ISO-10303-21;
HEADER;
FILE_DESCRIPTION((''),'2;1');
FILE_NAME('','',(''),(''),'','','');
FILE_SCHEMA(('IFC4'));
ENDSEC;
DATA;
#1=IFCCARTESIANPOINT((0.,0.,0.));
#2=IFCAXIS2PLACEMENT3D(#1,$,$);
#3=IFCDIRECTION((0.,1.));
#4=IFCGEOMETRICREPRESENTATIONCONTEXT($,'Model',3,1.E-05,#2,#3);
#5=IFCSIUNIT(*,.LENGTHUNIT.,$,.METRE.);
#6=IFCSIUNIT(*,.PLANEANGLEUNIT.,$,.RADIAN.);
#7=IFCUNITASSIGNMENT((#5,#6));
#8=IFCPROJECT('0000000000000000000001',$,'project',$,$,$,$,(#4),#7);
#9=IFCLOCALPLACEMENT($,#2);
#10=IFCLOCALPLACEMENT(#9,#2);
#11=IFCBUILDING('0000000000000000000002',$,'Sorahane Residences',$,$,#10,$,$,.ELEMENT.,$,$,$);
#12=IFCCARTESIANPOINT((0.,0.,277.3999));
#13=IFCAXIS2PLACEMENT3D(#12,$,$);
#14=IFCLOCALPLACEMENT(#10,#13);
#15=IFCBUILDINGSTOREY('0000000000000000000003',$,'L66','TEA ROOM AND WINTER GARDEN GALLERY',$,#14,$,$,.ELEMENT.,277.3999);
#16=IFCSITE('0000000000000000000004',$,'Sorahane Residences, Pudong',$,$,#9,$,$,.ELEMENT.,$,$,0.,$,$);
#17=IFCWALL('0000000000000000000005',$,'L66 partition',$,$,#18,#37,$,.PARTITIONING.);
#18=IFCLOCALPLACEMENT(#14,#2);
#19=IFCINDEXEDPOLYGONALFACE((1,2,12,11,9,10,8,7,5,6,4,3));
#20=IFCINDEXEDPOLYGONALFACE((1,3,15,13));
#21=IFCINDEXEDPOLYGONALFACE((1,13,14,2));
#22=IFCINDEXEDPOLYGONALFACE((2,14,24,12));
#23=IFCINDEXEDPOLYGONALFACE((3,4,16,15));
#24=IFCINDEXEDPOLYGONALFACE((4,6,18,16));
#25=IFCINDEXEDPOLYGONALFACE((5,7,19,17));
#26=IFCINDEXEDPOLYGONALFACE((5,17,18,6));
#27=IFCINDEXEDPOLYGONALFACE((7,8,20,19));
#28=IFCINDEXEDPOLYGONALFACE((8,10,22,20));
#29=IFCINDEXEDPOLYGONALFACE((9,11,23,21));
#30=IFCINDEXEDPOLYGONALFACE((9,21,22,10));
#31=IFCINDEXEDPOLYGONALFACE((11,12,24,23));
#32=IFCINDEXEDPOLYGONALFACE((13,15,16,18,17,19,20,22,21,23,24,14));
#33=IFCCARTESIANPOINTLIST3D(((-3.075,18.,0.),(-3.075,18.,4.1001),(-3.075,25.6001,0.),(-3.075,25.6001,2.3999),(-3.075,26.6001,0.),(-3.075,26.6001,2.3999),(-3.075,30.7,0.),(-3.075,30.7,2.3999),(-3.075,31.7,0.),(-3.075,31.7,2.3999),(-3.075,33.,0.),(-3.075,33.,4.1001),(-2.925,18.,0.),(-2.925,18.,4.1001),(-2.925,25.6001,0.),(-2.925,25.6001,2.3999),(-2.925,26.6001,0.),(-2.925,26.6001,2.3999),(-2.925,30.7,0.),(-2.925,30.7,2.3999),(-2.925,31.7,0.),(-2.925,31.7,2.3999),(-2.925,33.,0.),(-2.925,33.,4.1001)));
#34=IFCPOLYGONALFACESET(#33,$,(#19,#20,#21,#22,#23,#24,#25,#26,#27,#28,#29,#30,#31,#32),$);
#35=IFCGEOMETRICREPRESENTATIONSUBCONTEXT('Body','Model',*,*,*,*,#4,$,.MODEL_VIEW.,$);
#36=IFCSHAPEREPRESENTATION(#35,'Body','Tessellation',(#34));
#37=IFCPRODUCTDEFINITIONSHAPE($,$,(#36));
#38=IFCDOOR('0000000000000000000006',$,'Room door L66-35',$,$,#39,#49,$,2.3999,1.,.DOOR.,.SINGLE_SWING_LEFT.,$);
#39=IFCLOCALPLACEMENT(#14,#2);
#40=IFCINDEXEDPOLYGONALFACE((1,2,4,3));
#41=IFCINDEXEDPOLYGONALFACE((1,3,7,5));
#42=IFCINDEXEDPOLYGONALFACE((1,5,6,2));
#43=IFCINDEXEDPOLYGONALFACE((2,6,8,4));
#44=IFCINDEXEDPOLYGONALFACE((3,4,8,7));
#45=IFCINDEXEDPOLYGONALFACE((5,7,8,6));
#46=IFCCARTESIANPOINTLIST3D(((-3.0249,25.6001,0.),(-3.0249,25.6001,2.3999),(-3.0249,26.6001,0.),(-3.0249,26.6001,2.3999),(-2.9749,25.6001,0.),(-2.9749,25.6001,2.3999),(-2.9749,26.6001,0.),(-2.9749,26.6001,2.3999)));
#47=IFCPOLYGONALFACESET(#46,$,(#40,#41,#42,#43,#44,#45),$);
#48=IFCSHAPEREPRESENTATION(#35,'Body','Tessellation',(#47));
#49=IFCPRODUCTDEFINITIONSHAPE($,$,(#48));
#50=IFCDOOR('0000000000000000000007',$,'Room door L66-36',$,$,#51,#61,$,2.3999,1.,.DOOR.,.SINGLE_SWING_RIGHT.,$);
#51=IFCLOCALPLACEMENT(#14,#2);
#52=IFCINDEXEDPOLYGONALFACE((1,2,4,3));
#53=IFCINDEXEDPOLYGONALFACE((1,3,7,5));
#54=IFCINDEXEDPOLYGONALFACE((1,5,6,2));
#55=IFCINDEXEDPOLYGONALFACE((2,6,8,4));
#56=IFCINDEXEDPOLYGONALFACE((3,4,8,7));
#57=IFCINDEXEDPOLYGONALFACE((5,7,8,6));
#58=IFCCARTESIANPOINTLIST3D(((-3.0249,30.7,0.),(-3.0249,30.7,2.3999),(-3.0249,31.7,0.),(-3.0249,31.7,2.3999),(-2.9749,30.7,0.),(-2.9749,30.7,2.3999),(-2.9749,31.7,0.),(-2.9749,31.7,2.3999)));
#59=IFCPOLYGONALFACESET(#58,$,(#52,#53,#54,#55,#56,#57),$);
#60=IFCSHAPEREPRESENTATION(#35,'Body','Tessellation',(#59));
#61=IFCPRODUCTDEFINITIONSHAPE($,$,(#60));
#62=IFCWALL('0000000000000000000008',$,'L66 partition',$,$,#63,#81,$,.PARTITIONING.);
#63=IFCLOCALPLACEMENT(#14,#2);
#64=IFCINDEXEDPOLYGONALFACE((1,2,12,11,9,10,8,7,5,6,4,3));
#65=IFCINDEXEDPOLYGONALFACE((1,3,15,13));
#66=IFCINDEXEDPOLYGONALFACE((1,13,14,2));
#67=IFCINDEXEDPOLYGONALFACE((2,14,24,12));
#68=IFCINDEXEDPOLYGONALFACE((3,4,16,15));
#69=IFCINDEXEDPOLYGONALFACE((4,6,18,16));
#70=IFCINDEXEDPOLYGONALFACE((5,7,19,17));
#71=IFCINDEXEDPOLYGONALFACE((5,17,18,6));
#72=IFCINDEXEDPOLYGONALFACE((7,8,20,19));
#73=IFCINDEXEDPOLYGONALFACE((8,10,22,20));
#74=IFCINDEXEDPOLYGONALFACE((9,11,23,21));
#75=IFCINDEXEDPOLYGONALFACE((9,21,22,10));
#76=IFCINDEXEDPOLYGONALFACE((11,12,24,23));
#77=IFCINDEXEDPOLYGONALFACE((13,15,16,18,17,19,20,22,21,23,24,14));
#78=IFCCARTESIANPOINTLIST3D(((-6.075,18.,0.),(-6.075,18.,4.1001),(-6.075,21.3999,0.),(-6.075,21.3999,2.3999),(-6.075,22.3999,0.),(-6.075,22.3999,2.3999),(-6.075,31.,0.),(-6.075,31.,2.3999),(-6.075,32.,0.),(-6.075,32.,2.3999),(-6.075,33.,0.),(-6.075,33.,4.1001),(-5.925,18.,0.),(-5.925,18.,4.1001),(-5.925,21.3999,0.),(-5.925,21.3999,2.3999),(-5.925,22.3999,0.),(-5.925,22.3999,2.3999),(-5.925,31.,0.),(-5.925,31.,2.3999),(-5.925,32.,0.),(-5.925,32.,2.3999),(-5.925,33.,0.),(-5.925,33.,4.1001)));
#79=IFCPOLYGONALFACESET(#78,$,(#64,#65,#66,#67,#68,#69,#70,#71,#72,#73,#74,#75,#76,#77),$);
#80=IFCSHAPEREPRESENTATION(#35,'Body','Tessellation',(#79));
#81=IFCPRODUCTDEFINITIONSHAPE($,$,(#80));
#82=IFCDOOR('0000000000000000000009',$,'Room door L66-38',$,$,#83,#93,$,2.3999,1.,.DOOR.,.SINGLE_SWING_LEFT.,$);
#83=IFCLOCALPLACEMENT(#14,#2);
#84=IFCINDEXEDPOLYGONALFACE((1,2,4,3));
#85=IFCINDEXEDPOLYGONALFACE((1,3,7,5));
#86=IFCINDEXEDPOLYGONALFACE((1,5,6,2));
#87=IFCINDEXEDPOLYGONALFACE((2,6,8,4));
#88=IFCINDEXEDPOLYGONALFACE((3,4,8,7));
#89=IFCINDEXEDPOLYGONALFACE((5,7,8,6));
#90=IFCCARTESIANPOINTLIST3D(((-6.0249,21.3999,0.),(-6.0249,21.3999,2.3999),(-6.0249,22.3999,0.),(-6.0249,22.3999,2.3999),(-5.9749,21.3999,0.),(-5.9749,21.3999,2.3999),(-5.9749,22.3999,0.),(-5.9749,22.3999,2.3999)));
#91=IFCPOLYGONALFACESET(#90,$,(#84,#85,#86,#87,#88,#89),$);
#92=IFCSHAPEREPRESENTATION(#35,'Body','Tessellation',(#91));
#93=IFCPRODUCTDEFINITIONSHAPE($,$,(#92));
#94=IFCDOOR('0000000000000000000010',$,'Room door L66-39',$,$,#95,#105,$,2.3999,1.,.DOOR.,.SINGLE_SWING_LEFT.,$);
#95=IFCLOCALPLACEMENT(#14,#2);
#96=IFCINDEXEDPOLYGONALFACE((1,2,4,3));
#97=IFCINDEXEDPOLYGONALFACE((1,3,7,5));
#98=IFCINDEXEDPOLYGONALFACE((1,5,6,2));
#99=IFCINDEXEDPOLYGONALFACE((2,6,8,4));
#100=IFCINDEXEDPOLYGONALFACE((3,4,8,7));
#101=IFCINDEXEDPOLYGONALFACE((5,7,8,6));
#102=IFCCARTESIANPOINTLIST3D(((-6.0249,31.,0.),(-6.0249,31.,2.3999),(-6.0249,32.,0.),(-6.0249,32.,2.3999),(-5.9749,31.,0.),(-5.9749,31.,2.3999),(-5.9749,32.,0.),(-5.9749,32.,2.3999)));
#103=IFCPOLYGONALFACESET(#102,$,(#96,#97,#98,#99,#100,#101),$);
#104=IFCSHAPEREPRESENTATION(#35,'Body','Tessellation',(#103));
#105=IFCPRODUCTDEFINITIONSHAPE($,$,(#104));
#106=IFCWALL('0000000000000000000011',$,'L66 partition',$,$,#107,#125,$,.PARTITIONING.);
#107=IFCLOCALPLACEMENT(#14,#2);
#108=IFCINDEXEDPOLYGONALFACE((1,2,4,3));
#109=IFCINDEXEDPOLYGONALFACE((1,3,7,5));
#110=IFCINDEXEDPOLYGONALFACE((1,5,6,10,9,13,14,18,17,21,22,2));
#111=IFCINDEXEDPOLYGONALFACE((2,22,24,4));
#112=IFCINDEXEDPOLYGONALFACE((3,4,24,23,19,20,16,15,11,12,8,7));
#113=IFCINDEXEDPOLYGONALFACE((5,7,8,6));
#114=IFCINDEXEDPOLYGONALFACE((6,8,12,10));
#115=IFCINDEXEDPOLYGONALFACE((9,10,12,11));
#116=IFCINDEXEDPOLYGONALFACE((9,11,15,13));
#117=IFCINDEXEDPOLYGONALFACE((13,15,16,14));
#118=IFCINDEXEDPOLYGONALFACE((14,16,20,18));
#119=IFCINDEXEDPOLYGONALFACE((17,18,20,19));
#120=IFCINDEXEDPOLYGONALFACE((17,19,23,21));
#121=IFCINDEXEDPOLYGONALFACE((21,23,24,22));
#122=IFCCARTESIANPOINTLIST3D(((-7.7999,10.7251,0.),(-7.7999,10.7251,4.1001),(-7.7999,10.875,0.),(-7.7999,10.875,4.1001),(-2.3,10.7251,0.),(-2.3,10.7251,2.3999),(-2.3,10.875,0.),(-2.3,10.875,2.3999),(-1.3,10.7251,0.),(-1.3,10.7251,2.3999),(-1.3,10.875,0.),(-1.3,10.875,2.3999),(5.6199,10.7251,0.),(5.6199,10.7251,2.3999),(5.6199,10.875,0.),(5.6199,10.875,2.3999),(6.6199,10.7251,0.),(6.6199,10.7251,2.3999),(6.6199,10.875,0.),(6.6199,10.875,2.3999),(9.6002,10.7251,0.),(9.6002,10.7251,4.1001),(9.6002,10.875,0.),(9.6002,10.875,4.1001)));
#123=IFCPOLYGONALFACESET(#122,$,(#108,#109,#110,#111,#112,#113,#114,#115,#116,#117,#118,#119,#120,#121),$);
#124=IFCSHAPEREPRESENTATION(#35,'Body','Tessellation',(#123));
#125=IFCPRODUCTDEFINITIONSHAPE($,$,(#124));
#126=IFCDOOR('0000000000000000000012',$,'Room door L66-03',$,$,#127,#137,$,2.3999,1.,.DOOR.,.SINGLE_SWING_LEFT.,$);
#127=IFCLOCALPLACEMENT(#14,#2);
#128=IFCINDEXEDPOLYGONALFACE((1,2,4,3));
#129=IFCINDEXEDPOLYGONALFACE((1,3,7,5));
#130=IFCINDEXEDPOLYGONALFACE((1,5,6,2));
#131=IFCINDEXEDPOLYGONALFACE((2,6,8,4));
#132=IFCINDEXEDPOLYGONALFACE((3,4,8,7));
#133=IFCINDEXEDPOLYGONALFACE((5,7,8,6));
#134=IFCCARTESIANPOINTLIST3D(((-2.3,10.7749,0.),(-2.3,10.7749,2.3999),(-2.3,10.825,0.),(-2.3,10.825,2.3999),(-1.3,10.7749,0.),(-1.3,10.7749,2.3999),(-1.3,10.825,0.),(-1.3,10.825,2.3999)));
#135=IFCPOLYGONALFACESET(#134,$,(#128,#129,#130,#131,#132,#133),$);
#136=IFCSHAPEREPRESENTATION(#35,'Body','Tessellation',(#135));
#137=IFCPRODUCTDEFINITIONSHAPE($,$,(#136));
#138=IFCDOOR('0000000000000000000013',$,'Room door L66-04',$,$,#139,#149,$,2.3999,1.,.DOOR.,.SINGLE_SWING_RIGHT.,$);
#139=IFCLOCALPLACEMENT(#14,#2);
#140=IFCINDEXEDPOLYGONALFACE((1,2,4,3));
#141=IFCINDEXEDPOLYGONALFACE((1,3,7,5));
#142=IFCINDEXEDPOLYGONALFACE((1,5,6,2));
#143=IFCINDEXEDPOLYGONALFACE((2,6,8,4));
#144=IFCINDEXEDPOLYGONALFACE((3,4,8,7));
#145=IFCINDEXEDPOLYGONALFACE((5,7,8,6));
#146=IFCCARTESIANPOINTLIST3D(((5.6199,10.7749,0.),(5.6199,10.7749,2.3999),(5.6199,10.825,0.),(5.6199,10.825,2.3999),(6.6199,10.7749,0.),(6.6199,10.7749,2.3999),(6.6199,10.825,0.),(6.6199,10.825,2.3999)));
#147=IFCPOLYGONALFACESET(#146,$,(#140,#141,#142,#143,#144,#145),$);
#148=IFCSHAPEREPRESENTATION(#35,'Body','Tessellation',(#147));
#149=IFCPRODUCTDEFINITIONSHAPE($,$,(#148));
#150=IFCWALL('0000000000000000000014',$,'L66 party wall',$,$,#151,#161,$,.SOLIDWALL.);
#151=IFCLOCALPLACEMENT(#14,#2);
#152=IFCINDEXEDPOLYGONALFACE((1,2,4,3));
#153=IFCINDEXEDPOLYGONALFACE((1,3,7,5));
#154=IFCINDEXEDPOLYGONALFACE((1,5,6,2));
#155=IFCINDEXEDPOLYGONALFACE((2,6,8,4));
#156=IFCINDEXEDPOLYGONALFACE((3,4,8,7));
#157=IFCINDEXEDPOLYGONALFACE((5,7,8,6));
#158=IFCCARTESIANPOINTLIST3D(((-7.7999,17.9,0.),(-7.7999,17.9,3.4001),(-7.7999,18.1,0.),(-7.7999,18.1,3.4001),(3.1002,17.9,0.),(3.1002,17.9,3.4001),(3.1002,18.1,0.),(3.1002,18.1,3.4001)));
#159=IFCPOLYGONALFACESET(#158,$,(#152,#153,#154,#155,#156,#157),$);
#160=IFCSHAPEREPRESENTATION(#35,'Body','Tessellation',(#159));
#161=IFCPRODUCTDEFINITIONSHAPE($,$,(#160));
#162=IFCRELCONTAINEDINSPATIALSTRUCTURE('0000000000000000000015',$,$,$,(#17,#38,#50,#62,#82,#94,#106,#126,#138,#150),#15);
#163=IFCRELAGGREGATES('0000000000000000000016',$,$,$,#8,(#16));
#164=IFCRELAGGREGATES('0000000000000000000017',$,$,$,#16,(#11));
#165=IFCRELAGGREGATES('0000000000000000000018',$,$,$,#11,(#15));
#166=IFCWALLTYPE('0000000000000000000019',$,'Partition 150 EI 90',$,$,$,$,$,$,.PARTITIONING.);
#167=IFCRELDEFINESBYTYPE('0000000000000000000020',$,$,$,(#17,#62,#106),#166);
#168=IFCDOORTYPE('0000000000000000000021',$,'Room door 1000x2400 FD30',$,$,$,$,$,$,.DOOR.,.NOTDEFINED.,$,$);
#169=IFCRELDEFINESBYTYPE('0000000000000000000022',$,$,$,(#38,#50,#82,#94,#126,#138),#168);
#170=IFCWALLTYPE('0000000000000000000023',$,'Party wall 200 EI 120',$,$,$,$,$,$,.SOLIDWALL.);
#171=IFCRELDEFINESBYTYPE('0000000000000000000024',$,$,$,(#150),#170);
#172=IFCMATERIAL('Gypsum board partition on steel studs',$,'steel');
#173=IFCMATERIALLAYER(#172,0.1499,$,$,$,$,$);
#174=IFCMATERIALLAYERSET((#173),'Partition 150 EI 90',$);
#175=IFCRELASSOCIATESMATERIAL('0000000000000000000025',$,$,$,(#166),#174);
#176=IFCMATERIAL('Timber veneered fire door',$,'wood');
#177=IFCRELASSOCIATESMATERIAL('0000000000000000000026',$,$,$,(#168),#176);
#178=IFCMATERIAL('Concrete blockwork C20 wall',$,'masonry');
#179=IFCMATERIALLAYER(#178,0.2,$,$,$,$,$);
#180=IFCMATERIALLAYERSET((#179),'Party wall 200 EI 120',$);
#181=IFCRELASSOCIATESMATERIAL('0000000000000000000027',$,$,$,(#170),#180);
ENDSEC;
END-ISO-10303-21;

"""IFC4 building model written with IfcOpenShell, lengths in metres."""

from ifc_helpers import new_model, si_unit, direction, frame, frame_2d, origin, place, context, subcontext, project, spatial, rectangle, extrude, material, layer, layer_set, type_object, element, fill, save


model = new_model("IFC4")

# Units and contexts
model_context = context("Model", 3, precision=1e-05, world=origin(), true_north=direction((0.0, 1.0)))
body_context = subcontext(model_context, "Body", "Model", "MODEL_VIEW")
ifc_project = project(units=[si_unit("LENGTHUNIT", "METRE"), si_unit("PLANEANGLEUNIT", "RADIAN")], contexts=[model_context])

# Site, building, storey
site_placement = place(None, origin())
site = spatial("IfcSite", under=ifc_project, at=site_placement, Name="Sorahane Residences, Pudong", CompositionType="ELEMENT", RefElevation=0.0)
building_placement = place(site_placement, origin())
building = spatial("IfcBuilding", under=site, at=building_placement, Name="Sorahane Residences", CompositionType="ELEMENT")
storey_placement = place(building_placement, frame((0.0, 0.0, 277.3999)))
storey = spatial("IfcBuildingStorey", under=building, at=storey_placement, Name="L66", Description="TEA ROOM AND WINTER GARDEN GALLERY", CompositionType="ELEMENT", Elevation=277.3999)

# Shared definitions
ifc_material_1 = material(Name="Gypsum board partition on steel studs", Category="steel")
ifc_layer_1 = layer(ifc_material_1, 0.1499)
ifc_layer_set_1 = layer_set([ifc_layer_1], Name="Partition 150 EI 90")
wall_type_1 = type_object("IfcWallType", Name="Partition 150 EI 90", PredefinedType="PARTITIONING", material=ifc_layer_set_1)
ifc_material_2 = material(Name="Timber veneered fire door", Category="wood")
door_type = type_object("IfcDoorType", Name="Room door 1000x2400 FD30", OperationType="NOTDEFINED", PredefinedType="DOOR", material=ifc_material_2)

# Walls, openings, doors
wall_1_placement = place(storey_placement, frame((-3.0, 18.0, 0.0), z_axis=(0.0, 0.0, 1.0), x_axis=(0.0, 1.0, 0.0)))
wall_1 = element("IfcWall", 1, at=wall_1_placement, inside=storey, type_object=wall_type_1, Name="L66 partition", PredefinedType="PARTITIONING", context=body_context, shape_type="SweptSolid", body=[
    extrude(rectangle(XDim=15.0, YDim=0.1499, at=frame_2d((7.5, 0.0))), origin(), (0.0, 0.0, 1.0), 4.1001),
])
opening_1_placement = place(wall_1_placement, frame((7.6001, 0.0, 0.0)))
opening_1 = element("IfcOpeningElement", 2, at=opening_1_placement, cuts=wall_1, PredefinedType="OPENING", context=body_context, shape_type="SweptSolid", body=[
    extrude(rectangle(XDim=1.0, YDim=2.3999, at=frame_2d((0.5, 1.2))), frame((0.0, 0.085, 0.0), z_axis=(0.0, -1.0, 0.0), x_axis=(1.0, 0.0, 0.0)), (0.0, 0.0, 1.0), 0.1699),
])
opening_2_placement = place(wall_1_placement, frame((12.7, 0.0, 0.0)))
opening_2 = element("IfcOpeningElement", 3, at=opening_2_placement, cuts=wall_1, PredefinedType="OPENING", context=body_context, shape_type="SweptSolid", body=[
    extrude(rectangle(XDim=1.0, YDim=2.3999, at=frame_2d((0.5, 1.2))), frame((0.0, 0.085, 0.0), z_axis=(0.0, -1.0, 0.0), x_axis=(1.0, 0.0, 0.0)), (0.0, 0.0, 1.0), 0.1699),
])
door_1_placement = place(opening_1_placement, origin())
door_1 = element("IfcDoor", 4, at=door_1_placement, inside=storey, type_object=door_type, Name="Room door L66-35", OperationType="SINGLE_SWING_LEFT", OverallHeight=2.3999, OverallWidth=1.0, PredefinedType="DOOR", context=body_context, shape_type="SweptSolid", body=[
    extrude(rectangle(XDim=1.0, YDim=2.3999, at=frame_2d((0.5, 1.2))), frame((0.0, 0.0249, 0.0), z_axis=(0.0, -1.0, 0.0), x_axis=(1.0, 0.0, 0.0)), (0.0, 0.0, 1.0), 0.05),
])
fill(opening_1, door_1)
door_2_placement = place(opening_2_placement, origin())
door_2 = element("IfcDoor", 5, at=door_2_placement, inside=storey, type_object=door_type, Name="Room door L66-36", OperationType="SINGLE_SWING_RIGHT", OverallHeight=2.3999, OverallWidth=1.0, PredefinedType="DOOR", context=body_context, shape_type="SweptSolid", body=[
    extrude(rectangle(XDim=1.0, YDim=2.3999, at=frame_2d((0.5, 1.2))), frame((0.0, 0.0249, 0.0), z_axis=(0.0, -1.0, 0.0), x_axis=(1.0, 0.0, 0.0)), (0.0, 0.0, 1.0), 0.05),
])
fill(opening_2, door_2)
wall_2_placement = place(storey_placement, frame((-6.0, 18.0, 0.0), z_axis=(0.0, 0.0, 1.0), x_axis=(0.0, 1.0, 0.0)))
wall_2 = element("IfcWall", 6, at=wall_2_placement, inside=storey, type_object=wall_type_1, Name="L66 partition", PredefinedType="PARTITIONING", context=body_context, shape_type="SweptSolid", body=[
    extrude(rectangle(XDim=15.0, YDim=0.1499, at=frame_2d((7.5, 0.0))), origin(), (0.0, 0.0, 1.0), 4.1001),
])
opening_3_placement = place(wall_2_placement, frame((3.3999, 0.0, 0.0)))
opening_3 = element("IfcOpeningElement", 7, at=opening_3_placement, cuts=wall_2, PredefinedType="OPENING", context=body_context, shape_type="SweptSolid", body=[
    extrude(rectangle(XDim=1.0, YDim=2.3999, at=frame_2d((0.5, 1.2))), frame((0.0, 0.085, 0.0), z_axis=(0.0, -1.0, 0.0), x_axis=(1.0, 0.0, 0.0)), (0.0, 0.0, 1.0), 0.1699),
])
opening_4_placement = place(wall_2_placement, frame((13.0, 0.0, 0.0)))
opening_4 = element("IfcOpeningElement", 8, at=opening_4_placement, cuts=wall_2, PredefinedType="OPENING", context=body_context, shape_type="SweptSolid", body=[
    extrude(rectangle(XDim=1.0, YDim=2.3999, at=frame_2d((0.5, 1.2))), frame((0.0, 0.085, 0.0), z_axis=(0.0, -1.0, 0.0), x_axis=(1.0, 0.0, 0.0)), (0.0, 0.0, 1.0), 0.1699),
])
door_3_placement = place(opening_3_placement, origin())
door_3 = element("IfcDoor", 9, at=door_3_placement, inside=storey, type_object=door_type, Name="Room door L66-38", OperationType="SINGLE_SWING_LEFT", OverallHeight=2.3999, OverallWidth=1.0, PredefinedType="DOOR", context=body_context, shape_type="SweptSolid", body=[
    extrude(rectangle(XDim=1.0, YDim=2.3999, at=frame_2d((0.5, 1.2))), frame((0.0, 0.0249, 0.0), z_axis=(0.0, -1.0, 0.0), x_axis=(1.0, 0.0, 0.0)), (0.0, 0.0, 1.0), 0.05),
])
fill(opening_3, door_3)
door_4_placement = place(opening_4_placement, origin())
door_4 = element("IfcDoor", 10, at=door_4_placement, inside=storey, type_object=door_type, Name="Room door L66-39", OperationType="SINGLE_SWING_LEFT", OverallHeight=2.3999, OverallWidth=1.0, PredefinedType="DOOR", context=body_context, shape_type="SweptSolid", body=[
    extrude(rectangle(XDim=1.0, YDim=2.3999, at=frame_2d((0.5, 1.2))), frame((0.0, 0.0249, 0.0), z_axis=(0.0, -1.0, 0.0), x_axis=(1.0, 0.0, 0.0)), (0.0, 0.0, 1.0), 0.05),
])
fill(opening_4, door_4)
wall_3_placement = place(storey_placement, frame((-7.8, 10.8, 0.0), z_axis=(0.0, 0.0, 1.0), x_axis=(1.0, 0.0, 0.0)))
wall_3 = element("IfcWall", 11, at=wall_3_placement, inside=storey, type_object=wall_type_1, Name="L66 partition", PredefinedType="PARTITIONING", context=body_context, shape_type="SweptSolid", body=[
    extrude(rectangle(XDim=17.4001, YDim=0.1499, at=frame_2d((8.7002, 0.0))), origin(), (0.0, 0.0, 1.0), 4.1001),
])
opening_5_placement = place(wall_3_placement, frame((5.5, 0.0, 0.0)))
opening_5 = element("IfcOpeningElement", 12, at=opening_5_placement, cuts=wall_3, PredefinedType="OPENING", context=body_context, shape_type="SweptSolid", body=[
    extrude(rectangle(XDim=1.0, YDim=2.3999, at=frame_2d((0.5, 1.2))), frame((0.0, 0.085, 0.0), z_axis=(0.0, -1.0, 0.0), x_axis=(1.0, 0.0, 0.0)), (0.0, 0.0, 1.0), 0.1699),
])
opening_6_placement = place(wall_3_placement, frame((13.4199, 0.0, 0.0)))
opening_6 = element("IfcOpeningElement", 13, at=opening_6_placement, cuts=wall_3, PredefinedType="OPENING", context=body_context, shape_type="SweptSolid", body=[
    extrude(rectangle(XDim=1.0, YDim=2.3999, at=frame_2d((0.5, 1.2))), frame((0.0, 0.085, 0.0), z_axis=(0.0, -1.0, 0.0), x_axis=(1.0, 0.0, 0.0)), (0.0, 0.0, 1.0), 0.1699),
])
door_5_placement = place(opening_5_placement, origin())
door_5 = element("IfcDoor", 14, at=door_5_placement, inside=storey, type_object=door_type, Name="Room door L66-03", OperationType="SINGLE_SWING_LEFT", OverallHeight=2.3999, OverallWidth=1.0, PredefinedType="DOOR", context=body_context, shape_type="SweptSolid", body=[
    extrude(rectangle(XDim=1.0, YDim=2.3999, at=frame_2d((0.5, 1.2))), frame((0.0, 0.0249, 0.0), z_axis=(0.0, -1.0, 0.0), x_axis=(1.0, 0.0, 0.0)), (0.0, 0.0, 1.0), 0.05),
])
fill(opening_5, door_5)
door_6_placement = place(opening_6_placement, origin())
door_6 = element("IfcDoor", 15, at=door_6_placement, inside=storey, type_object=door_type, Name="Room door L66-04", OperationType="SINGLE_SWING_RIGHT", OverallHeight=2.3999, OverallWidth=1.0, PredefinedType="DOOR", context=body_context, shape_type="SweptSolid", body=[
    extrude(rectangle(XDim=1.0, YDim=2.3999, at=frame_2d((0.5, 1.2))), frame((0.0, 0.0249, 0.0), z_axis=(0.0, -1.0, 0.0), x_axis=(1.0, 0.0, 0.0)), (0.0, 0.0, 1.0), 0.05),
])
fill(opening_6, door_6)

# Wall
ifc_material_3 = material(Name="Concrete blockwork C20 wall", Category="masonry")
ifc_layer_2 = layer(ifc_material_3, 0.2)
ifc_layer_set_2 = layer_set([ifc_layer_2], Name="Party wall 200 EI 120")
wall_type_2 = type_object("IfcWallType", Name="Party wall 200 EI 120", PredefinedType="SOLIDWALL", material=ifc_layer_set_2)
wall_4_placement = place(storey_placement, frame((-7.8, 18.0, 0.0), z_axis=(0.0, 0.0, 1.0), x_axis=(1.0, 0.0, 0.0)))
element("IfcWall", 16, at=wall_4_placement, inside=storey, type_object=wall_type_2, Name="L66 party wall", PredefinedType="SOLIDWALL", context=body_context, shape_type="SweptSolid", body=[
    extrude(rectangle(XDim=10.9001, YDim=0.2, at=frame_2d((5.4502, 0.0))), origin(), (0.0, 0.0, 1.0), 3.4001),
])

save(model, "model.ifc")
